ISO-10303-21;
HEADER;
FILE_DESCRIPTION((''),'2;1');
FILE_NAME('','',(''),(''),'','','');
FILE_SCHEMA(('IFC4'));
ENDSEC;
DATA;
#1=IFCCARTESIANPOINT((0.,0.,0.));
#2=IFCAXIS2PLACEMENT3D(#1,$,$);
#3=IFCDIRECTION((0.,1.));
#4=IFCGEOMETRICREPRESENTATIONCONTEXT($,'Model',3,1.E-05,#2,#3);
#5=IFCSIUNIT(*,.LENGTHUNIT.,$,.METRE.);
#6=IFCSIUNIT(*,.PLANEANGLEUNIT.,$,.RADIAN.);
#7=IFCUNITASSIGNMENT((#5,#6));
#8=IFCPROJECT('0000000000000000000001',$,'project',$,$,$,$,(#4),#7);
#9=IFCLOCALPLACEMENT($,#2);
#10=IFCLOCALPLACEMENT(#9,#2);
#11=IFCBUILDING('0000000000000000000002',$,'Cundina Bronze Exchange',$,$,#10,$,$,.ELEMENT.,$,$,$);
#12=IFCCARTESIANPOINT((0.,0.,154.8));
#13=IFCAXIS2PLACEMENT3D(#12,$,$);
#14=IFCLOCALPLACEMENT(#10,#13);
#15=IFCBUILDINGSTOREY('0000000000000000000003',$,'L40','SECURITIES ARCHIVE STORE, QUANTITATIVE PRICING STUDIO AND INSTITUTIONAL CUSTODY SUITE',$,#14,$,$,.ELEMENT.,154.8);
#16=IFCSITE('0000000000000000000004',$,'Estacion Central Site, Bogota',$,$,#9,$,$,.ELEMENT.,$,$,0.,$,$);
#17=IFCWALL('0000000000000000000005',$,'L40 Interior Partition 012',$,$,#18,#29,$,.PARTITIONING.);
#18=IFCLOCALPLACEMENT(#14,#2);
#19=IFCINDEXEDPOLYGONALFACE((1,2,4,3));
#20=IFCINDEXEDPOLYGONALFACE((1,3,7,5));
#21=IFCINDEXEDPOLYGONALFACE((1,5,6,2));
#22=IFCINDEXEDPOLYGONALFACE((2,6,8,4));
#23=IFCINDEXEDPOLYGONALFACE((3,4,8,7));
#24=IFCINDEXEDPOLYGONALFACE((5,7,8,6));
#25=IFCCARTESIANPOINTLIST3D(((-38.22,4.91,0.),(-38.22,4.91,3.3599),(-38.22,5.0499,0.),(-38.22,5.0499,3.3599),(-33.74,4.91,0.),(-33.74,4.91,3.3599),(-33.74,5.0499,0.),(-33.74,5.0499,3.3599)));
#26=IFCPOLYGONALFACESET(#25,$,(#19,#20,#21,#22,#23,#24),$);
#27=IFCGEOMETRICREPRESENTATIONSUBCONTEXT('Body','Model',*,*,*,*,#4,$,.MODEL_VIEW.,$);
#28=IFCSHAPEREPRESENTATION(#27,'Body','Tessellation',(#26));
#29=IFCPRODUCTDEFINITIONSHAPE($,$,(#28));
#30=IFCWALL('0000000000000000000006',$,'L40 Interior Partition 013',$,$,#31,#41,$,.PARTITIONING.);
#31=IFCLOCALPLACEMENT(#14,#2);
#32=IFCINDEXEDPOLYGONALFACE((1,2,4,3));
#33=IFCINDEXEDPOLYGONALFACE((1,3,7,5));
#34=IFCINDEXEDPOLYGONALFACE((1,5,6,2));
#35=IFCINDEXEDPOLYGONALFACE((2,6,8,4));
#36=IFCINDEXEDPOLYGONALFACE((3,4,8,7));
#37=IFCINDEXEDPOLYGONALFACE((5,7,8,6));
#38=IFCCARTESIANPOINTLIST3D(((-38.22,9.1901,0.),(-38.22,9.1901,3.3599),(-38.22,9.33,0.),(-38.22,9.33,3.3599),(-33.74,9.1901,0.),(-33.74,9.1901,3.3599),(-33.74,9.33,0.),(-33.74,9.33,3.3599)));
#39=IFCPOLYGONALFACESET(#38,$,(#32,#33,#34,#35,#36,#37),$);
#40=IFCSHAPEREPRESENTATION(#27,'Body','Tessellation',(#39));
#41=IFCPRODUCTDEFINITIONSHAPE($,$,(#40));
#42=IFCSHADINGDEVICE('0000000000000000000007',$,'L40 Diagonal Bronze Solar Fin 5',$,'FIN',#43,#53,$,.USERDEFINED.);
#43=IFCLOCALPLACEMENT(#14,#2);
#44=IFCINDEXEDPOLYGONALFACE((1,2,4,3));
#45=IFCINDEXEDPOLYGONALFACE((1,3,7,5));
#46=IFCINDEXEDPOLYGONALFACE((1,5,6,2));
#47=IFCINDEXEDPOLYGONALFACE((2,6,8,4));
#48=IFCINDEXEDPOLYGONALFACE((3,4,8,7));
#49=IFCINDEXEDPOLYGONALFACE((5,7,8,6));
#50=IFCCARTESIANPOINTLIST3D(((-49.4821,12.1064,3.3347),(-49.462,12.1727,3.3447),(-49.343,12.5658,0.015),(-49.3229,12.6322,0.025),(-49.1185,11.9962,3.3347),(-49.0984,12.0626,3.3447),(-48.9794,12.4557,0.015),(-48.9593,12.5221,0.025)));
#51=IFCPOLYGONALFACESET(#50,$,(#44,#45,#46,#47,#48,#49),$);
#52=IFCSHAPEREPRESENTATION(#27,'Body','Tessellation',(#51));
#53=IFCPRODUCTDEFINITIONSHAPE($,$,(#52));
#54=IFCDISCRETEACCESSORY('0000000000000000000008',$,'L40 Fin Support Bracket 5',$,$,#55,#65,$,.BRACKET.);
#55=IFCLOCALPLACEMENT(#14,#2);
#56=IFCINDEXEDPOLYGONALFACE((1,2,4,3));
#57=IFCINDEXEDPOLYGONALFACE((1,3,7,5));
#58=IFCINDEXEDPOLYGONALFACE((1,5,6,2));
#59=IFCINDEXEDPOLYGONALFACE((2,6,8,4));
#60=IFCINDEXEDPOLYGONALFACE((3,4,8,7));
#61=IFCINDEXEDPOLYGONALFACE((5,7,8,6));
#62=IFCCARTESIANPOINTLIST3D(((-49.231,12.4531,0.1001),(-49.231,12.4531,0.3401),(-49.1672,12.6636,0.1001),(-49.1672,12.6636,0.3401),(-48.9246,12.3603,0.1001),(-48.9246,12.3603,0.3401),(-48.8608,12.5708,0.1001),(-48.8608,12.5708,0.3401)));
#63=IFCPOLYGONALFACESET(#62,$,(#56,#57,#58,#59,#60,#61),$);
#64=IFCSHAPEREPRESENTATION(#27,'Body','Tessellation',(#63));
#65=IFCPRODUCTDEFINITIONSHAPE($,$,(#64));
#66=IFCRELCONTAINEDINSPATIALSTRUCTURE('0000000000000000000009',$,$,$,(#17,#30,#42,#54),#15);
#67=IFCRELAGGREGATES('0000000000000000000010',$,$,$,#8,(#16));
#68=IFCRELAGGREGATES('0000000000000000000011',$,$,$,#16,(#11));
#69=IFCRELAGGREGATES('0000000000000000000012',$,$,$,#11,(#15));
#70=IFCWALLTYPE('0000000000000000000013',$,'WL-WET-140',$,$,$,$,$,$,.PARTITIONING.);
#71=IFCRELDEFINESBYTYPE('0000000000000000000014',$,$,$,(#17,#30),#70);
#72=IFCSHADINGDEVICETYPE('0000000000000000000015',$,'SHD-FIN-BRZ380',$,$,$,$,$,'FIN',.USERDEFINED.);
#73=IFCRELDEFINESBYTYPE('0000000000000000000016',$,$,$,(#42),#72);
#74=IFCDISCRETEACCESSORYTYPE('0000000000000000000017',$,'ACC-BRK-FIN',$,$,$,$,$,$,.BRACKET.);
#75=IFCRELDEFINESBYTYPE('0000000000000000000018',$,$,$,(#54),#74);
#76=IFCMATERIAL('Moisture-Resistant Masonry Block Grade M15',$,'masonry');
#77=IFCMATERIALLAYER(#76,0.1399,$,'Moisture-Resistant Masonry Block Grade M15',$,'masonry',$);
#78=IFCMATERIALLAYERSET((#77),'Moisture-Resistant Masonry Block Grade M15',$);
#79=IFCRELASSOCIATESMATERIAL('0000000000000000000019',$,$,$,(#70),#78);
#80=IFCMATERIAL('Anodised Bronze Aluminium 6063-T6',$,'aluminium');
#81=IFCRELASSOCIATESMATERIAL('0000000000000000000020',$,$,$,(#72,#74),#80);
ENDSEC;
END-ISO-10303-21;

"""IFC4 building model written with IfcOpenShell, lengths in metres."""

from ifc_helpers import new_model, si_unit, direction, frame, frame_2d, origin, origin_2d, place, context, subcontext, project, spatial, rectangle, extrude, material, layer, layer_set, material_profile, profile_set, type_object, element, save


model = new_model("IFC4")

# Units and contexts
model_context = context("Model", 3, precision=1e-05, world=origin(), true_north=direction((0.0, 1.0)))
body_context = subcontext(model_context, "Body", "Model", "MODEL_VIEW")
ifc_project = project(units=[si_unit("LENGTHUNIT", "METRE"), si_unit("PLANEANGLEUNIT", "RADIAN")], contexts=[model_context])

# Site, building, storey
site_placement = place(None, origin())
site = spatial("IfcSite", under=ifc_project, at=site_placement, Name="Estacion Central Site, Bogota", CompositionType="ELEMENT", RefElevation=0.0)
building_placement = place(site_placement, origin())
building = spatial("IfcBuilding", under=site, at=building_placement, Name="Cundina Bronze Exchange", CompositionType="ELEMENT")
storey_placement = place(building_placement, frame((0.0, 0.0, 154.8)))
storey = spatial("IfcBuildingStorey", under=building, at=storey_placement, Name="L40", Description="SECURITIES ARCHIVE STORE, QUANTITATIVE PRICING STUDIO AND INSTITUTIONAL CUSTODY SUITE", CompositionType="ELEMENT", Elevation=154.8)

# Shared definitions
ifc_material_1 = material(Name="Anodised Bronze Aluminium 6063-T6", Category="aluminium")

# Walls
ifc_material_2 = material(Name="Moisture-Resistant Masonry Block Grade M15", Category="masonry")
ifc_layer_1 = layer(ifc_material_2, 0.1399, Name="Moisture-Resistant Masonry Block Grade M15", Category="masonry")
ifc_layer_set_1 = layer_set([ifc_layer_1], Name="Moisture-Resistant Masonry Block Grade M15")
wall_type_1 = type_object("IfcWallType", Name="WL-WET-140", PredefinedType="PARTITIONING", material=ifc_layer_set_1)
for number, where, z_axis, x_axis, name in (
    (1, (-38.22, 4.98, 0.0), (0.0, 0.0, 1.0), (1.0, 0.0, 0.0), "L40 Interior Partition 012"),
    (2, (-38.22, 9.26, 0.0), (0.0, 0.0, 1.0), (1.0, 0.0, 0.0), "L40 Interior Partition 013"),
):
    element("IfcWall", number, at=place(storey_placement, frame(where, z_axis=z_axis, x_axis=x_axis)), inside=storey, type_object=wall_type_1, Name=name, PredefinedType="PARTITIONING", context=body_context, shape_type="SweptSolid", body=[
        extrude(rectangle(XDim=4.48, YDim=0.1399, at=frame_2d((2.24, 0.0))), origin(), (0.0, 0.0, 1.0), 3.3599),
    ])

# Shading device
ifc_material_profile_1 = material_profile(ifc_material_1, rectangle(XDim=0.0701, YDim=0.3799, at=origin_2d()), Name="FIN70X380", Category="aluminium")
ifc_profile_set_1 = profile_set([ifc_material_profile_1], Name="Anodised Bronze Aluminium 6063-T6")
shading_device_type = type_object("IfcShadingDeviceType", Name="SHD-FIN-BRZ380", ElementType="FIN", PredefinedType="USERDEFINED", material=ifc_profile_set_1)
shading_device_placement = place(storey_placement, frame((-49.1511, 12.5439, 0.02), z_axis=(-0.041486, -0.136978, 0.989705), x_axis=(0.286882, 0.947214, 0.143123)))
element("IfcShadingDevice", 3, at=shading_device_placement, inside=storey, type_object=shading_device_type, Name="L40 Diagonal Bronze Solar Fin 5", ObjectType="FIN", PredefinedType="USERDEFINED", context=body_context, shape_type="SweptSolid", body=[
    extrude(rectangle(XDim=0.0701, YDim=0.3799, at=origin_2d()), origin(), (0.0, 0.0, 1.0), 3.3542),
])

# Discrete accessory
discrete_accessory_type = type_object("IfcDiscreteAccessoryType", Name="ACC-BRK-FIN", PredefinedType="BRACKET", material=ifc_material_1)
discrete_accessory_placement = place(storey_placement, frame((-49.0459, 12.512, 0.1001), z_axis=(0.0, 0.0, 1.0), x_axis=(-0.290051, -0.957011, 0.0)))
element("IfcDiscreteAccessory", 4, at=discrete_accessory_placement, inside=storey, type_object=discrete_accessory_type, Name="L40 Fin Support Bracket 5", PredefinedType="BRACKET", context=body_context, shape_type="SweptSolid", body=[
    extrude(rectangle(XDim=0.22, YDim=0.3201, at=origin_2d()), origin(), (0.0, 0.0, 1.0), 0.24),
])

save(model, "model.ifc")
